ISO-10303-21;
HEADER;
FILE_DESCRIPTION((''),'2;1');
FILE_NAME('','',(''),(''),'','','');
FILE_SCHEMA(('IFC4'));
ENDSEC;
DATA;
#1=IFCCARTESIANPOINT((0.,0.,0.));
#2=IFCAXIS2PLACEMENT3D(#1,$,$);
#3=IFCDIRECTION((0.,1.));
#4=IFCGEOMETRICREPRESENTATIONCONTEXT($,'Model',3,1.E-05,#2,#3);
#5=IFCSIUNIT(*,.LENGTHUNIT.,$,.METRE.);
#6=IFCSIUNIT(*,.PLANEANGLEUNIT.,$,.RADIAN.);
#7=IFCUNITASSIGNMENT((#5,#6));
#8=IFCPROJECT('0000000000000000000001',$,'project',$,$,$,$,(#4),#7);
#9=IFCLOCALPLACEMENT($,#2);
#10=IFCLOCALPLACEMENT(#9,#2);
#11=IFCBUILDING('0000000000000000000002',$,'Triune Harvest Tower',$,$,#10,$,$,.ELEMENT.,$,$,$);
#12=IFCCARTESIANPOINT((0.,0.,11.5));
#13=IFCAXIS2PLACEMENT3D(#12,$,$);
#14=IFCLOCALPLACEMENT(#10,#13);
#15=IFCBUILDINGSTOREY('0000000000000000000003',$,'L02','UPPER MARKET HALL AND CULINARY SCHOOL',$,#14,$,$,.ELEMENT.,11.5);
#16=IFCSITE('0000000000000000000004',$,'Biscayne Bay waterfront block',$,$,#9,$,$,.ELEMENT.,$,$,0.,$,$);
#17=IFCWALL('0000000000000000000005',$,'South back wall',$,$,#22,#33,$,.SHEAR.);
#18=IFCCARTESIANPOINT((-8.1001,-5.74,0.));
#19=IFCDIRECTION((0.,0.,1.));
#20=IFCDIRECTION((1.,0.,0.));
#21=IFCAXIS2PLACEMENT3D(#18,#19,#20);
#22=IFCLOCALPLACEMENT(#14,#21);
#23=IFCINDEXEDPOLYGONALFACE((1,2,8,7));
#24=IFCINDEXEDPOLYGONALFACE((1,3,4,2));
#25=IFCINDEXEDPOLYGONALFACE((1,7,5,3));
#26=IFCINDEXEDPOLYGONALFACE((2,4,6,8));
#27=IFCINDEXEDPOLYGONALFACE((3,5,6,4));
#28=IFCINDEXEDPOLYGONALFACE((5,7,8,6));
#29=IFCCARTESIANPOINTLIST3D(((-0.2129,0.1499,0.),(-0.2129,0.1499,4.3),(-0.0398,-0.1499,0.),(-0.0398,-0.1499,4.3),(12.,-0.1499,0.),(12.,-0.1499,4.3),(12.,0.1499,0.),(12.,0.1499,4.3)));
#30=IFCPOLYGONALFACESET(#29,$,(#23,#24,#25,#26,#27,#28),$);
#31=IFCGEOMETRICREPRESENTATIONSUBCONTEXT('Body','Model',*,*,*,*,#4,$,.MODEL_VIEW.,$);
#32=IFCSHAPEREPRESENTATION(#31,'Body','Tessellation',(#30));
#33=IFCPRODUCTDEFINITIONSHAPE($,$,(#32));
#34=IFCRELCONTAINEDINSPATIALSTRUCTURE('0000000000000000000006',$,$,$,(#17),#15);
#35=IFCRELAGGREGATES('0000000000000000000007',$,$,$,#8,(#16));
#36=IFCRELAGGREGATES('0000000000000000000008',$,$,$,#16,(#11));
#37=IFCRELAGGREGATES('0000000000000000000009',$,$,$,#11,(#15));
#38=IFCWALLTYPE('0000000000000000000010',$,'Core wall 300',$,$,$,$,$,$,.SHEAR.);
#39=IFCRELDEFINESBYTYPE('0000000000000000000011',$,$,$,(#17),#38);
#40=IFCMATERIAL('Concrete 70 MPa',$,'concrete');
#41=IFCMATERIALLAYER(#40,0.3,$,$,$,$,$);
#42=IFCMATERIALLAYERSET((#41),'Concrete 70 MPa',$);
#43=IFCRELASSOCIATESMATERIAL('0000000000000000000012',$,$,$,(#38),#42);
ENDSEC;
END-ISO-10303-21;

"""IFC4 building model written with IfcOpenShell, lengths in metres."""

from ifc_helpers import new_model, si_unit, direction, frame, origin, place, context, subcontext, project, spatial, polyline, outline, extrude, source, transform, mapped, material, layer, layer_set, type_object, element, save


model = new_model("IFC4")

# Units and contexts
model_context = context("Model", 3, precision=1e-05, world=origin(), true_north=direction((0.0, 1.0)))
body_context = subcontext(model_context, "Body", "Model", "MODEL_VIEW")
ifc_project = project(units=[si_unit("LENGTHUNIT", "METRE"), si_unit("PLANEANGLEUNIT", "RADIAN")], contexts=[model_context])

# Site, building, storey
site_placement = place(None, origin())
site = spatial("IfcSite", under=ifc_project, at=site_placement, Name="Biscayne Bay waterfront block", CompositionType="ELEMENT", RefElevation=0.0)
building_placement = place(site_placement, origin())
building = spatial("IfcBuilding", under=site, at=building_placement, Name="Triune Harvest Tower", CompositionType="ELEMENT")
storey_placement = place(building_placement, frame((0.0, 0.0, 11.5)))
storey = spatial("IfcBuildingStorey", under=building, at=storey_placement, Name="L02", Description="UPPER MARKET HALL AND CULINARY SCHOOL", CompositionType="ELEMENT", Elevation=11.5)

# Shared definitions
ifc_material_1 = material(Name="Concrete 70 MPa", Category="concrete")
ifc_layer_1 = layer(ifc_material_1, 0.3)
ifc_layer_set_1 = layer_set([ifc_layer_1], Name="Concrete 70 MPa")
wall_type_1 = type_object("IfcWallType", Name="Core wall 300", PredefinedType="SHEAR", material=ifc_layer_set_1)

# Wall
shared_shape_1 = source(origin(), body_context, "Body", "SweptSolid", [
    extrude(outline(polyline([(12.0, -0.1499), (-0.0398, -0.1499), (-0.2129, 0.1499), (12.0, 0.1499), (12.0, -0.1499)])), origin(), (0.0, 0.0, 1.0), 4.3),
])
wall_1_placement = place(storey_placement, frame((-8.1001, -5.74, 0.0), z_axis=(0.0, 0.0, 1.0), x_axis=(1.0, 0.0, 0.0)))
element("IfcWall", 1, at=wall_1_placement, inside=storey, type_object=wall_type_1, Name="South back wall", PredefinedType="SHEAR", context=body_context, shape_type="MappedRepresentation", body=[
    mapped(shared_shape_1, transform((0.0, 0.0, 0.0), scale=1.0)),
])

save(model, "model.ifc")
